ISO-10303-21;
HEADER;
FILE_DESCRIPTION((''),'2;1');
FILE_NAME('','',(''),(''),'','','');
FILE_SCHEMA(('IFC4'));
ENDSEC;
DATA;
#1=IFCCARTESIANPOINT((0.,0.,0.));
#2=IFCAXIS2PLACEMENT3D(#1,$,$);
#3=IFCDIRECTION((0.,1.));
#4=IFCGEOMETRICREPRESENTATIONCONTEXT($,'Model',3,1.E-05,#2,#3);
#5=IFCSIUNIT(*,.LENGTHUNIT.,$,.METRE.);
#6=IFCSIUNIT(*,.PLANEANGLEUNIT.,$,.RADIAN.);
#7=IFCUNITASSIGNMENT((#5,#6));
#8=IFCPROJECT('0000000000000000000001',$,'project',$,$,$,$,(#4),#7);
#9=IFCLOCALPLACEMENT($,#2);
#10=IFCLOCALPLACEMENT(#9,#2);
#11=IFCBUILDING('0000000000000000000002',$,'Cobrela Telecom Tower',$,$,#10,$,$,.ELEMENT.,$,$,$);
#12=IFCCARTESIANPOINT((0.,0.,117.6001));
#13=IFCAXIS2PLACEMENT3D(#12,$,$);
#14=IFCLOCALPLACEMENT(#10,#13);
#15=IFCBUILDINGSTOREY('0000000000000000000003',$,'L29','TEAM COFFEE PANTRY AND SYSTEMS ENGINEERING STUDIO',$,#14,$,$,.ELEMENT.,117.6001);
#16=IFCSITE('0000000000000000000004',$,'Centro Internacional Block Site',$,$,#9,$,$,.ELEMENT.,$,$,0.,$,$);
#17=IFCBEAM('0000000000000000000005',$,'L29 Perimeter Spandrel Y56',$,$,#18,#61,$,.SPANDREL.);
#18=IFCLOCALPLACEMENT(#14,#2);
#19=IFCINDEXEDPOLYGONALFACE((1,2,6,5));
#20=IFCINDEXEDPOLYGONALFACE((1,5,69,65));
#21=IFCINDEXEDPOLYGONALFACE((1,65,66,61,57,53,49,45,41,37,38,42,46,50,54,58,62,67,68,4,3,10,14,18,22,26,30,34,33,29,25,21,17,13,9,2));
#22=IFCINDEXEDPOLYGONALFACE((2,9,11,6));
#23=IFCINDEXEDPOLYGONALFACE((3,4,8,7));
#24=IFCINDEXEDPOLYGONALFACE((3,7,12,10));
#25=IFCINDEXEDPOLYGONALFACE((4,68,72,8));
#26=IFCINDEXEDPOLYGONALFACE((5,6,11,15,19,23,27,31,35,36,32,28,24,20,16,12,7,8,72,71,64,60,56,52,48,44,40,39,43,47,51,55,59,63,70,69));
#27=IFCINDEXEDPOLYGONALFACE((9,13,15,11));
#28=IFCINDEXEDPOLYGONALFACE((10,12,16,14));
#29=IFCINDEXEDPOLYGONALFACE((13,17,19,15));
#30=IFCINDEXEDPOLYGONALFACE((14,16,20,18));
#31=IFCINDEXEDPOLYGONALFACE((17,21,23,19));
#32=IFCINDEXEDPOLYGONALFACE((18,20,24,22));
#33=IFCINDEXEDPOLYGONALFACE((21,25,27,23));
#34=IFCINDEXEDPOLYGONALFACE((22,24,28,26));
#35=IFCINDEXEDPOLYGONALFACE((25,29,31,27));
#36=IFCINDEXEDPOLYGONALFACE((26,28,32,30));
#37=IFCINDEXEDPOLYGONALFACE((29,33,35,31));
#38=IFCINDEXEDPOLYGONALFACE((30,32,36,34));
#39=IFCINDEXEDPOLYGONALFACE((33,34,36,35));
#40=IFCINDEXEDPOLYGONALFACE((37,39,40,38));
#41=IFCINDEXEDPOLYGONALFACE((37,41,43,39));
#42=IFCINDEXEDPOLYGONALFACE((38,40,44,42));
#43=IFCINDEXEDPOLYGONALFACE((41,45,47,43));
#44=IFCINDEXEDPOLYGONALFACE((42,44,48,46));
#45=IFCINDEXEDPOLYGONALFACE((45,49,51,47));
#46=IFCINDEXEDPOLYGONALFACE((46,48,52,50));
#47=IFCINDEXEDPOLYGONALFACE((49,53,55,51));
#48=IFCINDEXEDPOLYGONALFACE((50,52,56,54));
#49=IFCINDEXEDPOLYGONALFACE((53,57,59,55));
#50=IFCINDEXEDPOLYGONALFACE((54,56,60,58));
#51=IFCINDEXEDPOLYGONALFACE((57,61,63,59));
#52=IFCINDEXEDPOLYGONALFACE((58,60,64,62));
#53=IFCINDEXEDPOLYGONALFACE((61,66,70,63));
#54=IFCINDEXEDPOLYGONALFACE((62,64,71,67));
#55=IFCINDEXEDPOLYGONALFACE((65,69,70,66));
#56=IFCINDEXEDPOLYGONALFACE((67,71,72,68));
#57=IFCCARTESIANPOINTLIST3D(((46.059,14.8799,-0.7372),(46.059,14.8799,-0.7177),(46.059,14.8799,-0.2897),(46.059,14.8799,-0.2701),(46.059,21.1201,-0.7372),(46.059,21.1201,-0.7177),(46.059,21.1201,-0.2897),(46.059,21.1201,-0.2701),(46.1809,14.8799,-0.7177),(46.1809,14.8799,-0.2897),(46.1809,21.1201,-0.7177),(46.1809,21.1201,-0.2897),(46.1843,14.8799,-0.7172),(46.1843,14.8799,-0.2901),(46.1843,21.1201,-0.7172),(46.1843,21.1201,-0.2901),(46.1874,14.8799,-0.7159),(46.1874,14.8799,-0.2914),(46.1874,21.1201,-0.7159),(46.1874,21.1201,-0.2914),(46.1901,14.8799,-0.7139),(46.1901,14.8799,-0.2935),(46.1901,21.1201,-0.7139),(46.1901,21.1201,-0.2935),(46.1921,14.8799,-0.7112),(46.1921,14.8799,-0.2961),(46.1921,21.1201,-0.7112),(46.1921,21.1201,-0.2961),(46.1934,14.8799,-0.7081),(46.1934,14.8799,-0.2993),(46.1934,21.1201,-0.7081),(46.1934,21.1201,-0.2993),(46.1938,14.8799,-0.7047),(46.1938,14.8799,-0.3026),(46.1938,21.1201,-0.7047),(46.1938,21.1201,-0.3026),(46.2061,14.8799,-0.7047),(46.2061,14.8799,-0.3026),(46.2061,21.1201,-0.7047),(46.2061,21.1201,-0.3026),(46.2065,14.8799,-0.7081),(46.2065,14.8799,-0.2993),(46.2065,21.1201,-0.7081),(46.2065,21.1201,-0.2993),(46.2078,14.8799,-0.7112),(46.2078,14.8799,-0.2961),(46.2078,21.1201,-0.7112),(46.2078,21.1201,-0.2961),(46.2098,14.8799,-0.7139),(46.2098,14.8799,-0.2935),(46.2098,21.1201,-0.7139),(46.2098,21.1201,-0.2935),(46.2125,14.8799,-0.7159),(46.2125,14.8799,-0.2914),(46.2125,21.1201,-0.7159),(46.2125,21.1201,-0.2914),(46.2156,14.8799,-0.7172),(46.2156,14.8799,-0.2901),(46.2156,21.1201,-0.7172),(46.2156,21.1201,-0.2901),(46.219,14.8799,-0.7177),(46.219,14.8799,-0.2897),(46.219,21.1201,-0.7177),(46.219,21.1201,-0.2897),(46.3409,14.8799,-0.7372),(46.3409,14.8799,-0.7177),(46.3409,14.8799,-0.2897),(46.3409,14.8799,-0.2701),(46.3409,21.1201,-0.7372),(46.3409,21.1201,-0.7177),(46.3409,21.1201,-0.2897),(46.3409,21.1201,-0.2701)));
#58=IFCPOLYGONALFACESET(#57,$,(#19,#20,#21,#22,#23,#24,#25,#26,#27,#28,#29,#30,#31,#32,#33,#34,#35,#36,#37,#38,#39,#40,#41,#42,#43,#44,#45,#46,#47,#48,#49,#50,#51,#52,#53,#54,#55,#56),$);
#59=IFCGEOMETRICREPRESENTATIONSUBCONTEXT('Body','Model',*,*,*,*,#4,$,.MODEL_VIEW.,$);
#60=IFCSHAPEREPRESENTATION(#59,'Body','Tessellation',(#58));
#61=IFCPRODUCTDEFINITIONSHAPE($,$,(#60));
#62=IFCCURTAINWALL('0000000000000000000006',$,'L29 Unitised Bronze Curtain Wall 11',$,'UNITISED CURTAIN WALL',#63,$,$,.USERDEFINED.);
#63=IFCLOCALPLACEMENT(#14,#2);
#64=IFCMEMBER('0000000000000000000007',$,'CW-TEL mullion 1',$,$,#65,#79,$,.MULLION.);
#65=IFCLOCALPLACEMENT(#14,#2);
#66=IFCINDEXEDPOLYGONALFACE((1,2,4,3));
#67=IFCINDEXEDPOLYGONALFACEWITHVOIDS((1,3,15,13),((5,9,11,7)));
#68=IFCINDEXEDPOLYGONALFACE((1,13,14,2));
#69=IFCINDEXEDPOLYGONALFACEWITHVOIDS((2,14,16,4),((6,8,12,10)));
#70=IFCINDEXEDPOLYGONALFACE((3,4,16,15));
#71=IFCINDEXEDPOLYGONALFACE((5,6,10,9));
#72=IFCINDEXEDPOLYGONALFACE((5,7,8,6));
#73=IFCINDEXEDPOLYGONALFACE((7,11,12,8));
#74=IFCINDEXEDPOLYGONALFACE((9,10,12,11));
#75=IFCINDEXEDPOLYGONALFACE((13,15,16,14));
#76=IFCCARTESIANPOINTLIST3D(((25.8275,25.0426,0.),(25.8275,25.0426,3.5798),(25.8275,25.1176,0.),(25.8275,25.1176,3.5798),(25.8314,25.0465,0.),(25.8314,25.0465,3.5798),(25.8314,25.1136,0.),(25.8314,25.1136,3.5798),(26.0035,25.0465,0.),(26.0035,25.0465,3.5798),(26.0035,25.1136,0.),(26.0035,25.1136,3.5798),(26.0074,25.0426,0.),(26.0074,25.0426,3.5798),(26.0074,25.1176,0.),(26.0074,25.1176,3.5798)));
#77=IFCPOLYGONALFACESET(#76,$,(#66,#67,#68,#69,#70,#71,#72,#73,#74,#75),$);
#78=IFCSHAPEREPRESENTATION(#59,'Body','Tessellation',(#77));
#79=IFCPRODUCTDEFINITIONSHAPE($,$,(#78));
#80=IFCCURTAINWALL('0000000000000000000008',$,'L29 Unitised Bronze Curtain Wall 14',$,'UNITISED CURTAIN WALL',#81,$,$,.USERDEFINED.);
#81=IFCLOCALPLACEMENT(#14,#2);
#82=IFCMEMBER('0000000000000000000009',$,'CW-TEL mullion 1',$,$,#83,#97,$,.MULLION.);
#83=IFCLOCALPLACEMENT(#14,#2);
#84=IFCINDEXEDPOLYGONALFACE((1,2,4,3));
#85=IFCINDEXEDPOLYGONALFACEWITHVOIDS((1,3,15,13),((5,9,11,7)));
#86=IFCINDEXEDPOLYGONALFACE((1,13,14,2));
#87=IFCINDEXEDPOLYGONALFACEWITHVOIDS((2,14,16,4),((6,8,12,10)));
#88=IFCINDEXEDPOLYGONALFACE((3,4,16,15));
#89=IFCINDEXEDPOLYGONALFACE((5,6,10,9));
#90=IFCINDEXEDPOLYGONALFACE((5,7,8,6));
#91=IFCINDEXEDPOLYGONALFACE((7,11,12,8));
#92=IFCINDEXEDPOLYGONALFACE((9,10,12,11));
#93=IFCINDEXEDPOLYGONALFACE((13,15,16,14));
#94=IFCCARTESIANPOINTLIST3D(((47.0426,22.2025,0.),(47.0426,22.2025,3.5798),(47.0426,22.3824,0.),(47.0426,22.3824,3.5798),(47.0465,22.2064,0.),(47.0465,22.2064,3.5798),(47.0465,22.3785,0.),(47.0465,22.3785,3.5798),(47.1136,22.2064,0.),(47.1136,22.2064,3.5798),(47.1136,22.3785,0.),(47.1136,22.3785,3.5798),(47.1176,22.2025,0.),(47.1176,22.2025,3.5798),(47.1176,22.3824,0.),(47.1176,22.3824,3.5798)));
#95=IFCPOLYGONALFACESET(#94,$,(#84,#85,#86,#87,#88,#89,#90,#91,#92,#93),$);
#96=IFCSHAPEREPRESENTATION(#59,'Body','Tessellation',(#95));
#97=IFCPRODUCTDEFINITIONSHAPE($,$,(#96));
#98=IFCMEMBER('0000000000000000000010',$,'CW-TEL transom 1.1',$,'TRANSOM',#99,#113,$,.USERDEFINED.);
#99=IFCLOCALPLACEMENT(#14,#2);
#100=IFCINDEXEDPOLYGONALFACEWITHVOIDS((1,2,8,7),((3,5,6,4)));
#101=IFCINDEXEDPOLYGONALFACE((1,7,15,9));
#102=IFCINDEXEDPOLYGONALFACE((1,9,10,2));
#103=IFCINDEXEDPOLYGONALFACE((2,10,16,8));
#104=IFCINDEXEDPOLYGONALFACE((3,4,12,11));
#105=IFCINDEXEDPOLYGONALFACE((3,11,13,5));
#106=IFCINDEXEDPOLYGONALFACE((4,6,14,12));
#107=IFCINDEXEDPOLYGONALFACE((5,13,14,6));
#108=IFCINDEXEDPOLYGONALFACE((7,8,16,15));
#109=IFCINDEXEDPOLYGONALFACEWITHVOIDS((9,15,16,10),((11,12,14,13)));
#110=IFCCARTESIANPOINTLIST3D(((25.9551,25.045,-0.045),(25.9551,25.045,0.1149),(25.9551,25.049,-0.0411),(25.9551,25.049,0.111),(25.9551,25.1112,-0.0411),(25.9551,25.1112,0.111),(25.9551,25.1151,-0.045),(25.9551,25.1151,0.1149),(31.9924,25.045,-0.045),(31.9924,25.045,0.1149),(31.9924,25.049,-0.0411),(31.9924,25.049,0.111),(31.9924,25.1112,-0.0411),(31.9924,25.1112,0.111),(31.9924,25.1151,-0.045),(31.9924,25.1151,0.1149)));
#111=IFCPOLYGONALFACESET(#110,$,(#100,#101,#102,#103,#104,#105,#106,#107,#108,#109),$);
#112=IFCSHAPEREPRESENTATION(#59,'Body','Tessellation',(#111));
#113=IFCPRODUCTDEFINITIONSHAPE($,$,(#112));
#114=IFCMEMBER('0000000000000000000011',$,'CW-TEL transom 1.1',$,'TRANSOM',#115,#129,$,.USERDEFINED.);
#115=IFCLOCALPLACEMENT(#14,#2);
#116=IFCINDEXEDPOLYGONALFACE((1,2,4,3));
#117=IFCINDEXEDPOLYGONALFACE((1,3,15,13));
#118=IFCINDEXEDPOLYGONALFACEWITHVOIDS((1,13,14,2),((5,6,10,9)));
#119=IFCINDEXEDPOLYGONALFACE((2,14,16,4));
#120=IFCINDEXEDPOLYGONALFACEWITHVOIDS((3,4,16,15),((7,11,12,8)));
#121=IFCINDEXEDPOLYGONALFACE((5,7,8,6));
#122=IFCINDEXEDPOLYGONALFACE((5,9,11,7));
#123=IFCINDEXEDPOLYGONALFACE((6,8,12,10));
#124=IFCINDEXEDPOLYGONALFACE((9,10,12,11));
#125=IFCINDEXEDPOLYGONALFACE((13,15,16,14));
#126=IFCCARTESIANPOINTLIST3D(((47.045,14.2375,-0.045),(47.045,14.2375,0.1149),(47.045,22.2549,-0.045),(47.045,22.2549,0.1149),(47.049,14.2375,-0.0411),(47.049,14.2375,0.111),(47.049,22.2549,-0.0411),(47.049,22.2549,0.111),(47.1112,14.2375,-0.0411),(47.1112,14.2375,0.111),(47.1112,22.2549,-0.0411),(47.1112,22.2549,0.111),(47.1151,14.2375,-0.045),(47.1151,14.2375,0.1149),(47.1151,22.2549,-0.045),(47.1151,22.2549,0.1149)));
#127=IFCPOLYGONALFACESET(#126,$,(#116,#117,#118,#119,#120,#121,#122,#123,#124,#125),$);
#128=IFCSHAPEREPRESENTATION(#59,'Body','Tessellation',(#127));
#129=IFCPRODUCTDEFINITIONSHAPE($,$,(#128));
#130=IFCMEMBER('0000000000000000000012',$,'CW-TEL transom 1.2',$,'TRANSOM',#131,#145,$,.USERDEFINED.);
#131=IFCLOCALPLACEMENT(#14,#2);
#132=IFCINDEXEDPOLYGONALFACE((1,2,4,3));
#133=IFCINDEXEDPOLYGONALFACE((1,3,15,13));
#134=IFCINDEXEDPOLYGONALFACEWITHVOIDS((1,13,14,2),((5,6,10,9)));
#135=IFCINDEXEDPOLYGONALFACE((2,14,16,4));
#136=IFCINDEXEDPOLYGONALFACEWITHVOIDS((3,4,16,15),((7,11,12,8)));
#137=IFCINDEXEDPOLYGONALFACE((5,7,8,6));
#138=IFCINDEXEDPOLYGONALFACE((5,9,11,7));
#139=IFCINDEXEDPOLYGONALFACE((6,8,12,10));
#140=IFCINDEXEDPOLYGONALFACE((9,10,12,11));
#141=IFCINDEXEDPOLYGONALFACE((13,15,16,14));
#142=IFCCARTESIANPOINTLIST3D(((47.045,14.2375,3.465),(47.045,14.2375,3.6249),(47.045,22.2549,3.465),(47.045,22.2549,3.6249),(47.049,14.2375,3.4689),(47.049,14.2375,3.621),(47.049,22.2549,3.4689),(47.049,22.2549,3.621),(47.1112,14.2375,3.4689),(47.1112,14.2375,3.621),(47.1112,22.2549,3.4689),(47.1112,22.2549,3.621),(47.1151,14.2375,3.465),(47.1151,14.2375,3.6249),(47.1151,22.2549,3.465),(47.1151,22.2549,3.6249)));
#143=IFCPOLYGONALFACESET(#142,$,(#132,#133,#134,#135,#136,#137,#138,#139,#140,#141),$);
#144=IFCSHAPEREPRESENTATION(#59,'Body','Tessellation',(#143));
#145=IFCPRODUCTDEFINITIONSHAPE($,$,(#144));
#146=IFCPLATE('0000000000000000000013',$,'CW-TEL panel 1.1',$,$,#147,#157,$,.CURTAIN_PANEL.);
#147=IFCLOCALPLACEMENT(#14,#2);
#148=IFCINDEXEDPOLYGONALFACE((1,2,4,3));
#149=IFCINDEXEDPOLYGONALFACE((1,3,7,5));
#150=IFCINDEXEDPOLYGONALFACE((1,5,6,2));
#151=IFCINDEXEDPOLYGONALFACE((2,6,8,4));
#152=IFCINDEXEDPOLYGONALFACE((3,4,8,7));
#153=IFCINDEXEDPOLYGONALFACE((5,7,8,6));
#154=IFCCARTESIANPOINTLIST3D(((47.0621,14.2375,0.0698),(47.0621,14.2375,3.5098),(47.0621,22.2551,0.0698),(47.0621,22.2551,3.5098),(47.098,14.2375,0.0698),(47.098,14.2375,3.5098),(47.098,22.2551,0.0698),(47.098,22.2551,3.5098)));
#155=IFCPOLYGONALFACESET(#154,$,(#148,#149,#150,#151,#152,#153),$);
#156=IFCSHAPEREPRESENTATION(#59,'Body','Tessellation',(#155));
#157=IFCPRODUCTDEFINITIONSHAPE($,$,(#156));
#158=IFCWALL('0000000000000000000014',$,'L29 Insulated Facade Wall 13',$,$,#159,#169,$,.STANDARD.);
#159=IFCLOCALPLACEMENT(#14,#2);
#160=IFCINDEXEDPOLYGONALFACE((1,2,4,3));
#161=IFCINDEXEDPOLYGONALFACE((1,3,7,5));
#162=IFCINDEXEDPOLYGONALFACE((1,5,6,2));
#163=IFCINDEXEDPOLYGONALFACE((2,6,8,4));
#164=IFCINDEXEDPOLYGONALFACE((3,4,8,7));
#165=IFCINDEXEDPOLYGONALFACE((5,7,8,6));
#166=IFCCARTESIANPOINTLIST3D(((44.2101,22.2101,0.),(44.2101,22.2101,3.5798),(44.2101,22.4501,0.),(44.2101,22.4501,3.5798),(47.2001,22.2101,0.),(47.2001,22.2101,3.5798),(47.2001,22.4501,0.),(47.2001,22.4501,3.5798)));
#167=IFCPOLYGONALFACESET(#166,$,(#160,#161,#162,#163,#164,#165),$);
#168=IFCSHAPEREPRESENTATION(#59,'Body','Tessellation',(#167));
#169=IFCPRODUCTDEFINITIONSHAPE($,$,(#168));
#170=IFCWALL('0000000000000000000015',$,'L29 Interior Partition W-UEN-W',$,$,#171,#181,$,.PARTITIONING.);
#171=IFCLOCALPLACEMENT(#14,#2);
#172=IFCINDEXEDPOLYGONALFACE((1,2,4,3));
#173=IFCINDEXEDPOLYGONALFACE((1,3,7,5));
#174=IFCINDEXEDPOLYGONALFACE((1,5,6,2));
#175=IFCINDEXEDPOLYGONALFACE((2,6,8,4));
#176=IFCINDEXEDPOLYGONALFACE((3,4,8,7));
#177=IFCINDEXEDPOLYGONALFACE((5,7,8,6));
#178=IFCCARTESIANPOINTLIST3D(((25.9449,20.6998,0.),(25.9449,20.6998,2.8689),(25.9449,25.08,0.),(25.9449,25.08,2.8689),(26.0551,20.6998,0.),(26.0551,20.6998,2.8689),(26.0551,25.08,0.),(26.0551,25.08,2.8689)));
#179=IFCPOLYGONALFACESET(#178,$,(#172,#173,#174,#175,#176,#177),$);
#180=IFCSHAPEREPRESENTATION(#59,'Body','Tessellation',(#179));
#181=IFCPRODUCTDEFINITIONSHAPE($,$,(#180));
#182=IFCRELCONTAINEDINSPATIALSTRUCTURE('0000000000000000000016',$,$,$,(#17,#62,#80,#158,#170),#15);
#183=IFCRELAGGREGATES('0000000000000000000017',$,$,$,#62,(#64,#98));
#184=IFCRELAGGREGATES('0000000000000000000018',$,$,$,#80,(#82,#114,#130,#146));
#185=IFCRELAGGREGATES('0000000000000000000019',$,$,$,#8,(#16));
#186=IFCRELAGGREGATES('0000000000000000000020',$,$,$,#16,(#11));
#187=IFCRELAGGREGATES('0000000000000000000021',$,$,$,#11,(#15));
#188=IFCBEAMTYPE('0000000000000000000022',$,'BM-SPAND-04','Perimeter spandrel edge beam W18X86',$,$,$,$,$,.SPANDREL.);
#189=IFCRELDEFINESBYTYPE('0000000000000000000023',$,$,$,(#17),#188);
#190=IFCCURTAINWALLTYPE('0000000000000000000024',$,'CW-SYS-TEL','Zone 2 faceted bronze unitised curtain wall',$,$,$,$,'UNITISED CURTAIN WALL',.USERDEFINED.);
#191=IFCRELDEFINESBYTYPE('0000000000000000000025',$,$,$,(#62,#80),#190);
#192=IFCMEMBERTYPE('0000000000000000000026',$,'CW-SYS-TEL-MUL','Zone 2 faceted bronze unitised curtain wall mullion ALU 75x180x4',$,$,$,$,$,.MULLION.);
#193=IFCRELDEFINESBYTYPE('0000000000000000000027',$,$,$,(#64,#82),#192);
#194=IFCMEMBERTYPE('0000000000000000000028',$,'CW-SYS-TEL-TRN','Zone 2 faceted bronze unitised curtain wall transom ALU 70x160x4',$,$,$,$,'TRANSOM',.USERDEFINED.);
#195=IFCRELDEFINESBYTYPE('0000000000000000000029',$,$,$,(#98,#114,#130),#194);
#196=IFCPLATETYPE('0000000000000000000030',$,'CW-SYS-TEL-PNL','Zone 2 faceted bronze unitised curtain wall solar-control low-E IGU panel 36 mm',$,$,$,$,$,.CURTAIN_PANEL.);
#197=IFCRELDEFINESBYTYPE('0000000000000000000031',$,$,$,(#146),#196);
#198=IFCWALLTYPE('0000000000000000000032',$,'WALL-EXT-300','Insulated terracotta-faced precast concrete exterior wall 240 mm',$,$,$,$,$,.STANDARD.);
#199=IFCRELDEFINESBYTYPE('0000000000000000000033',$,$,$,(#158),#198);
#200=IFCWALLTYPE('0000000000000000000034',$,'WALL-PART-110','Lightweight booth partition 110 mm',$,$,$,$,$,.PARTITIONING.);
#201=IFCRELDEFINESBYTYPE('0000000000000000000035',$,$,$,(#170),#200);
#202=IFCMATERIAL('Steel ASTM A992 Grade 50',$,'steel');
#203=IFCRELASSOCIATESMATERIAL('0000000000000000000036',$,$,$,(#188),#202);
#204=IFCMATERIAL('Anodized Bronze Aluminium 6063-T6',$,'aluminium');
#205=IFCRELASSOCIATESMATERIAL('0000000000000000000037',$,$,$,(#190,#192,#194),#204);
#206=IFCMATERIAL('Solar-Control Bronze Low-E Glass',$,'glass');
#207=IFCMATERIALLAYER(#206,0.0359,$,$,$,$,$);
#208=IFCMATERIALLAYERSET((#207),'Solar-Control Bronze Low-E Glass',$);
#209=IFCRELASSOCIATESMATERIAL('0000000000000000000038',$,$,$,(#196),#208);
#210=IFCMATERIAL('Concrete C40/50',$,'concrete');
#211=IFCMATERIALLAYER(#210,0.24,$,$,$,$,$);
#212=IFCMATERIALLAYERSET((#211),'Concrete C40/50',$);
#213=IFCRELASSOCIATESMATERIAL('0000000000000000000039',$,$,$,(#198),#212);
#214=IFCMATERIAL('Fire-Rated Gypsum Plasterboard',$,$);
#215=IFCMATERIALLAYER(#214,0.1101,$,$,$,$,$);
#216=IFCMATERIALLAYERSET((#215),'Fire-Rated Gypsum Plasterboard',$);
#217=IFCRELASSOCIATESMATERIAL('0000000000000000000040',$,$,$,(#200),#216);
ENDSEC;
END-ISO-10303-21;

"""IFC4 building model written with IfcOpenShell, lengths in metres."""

from ifc_helpers import new_model, si_unit, direction, frame, frame_2d, origin, origin_2d, place, context, subcontext, project, spatial, rectangle, hollow_rectangle, i_section, extrude, material, layer, layer_set, material_profile, profile_set, type_object, element, aggregate, save


model = new_model("IFC4")

# Units and contexts
model_context = context("Model", 3, precision=1e-05, world=origin(), true_north=direction((0.0, 1.0)))
body_context = subcontext(model_context, "Body", "Model", "MODEL_VIEW")
ifc_project = project(units=[si_unit("LENGTHUNIT", "METRE"), si_unit("PLANEANGLEUNIT", "RADIAN")], contexts=[model_context])

# Site, building, storey
site_placement = place(None, origin())
site = spatial("IfcSite", under=ifc_project, at=site_placement, Name="Centro Internacional Block Site", CompositionType="ELEMENT", RefElevation=0.0)
building_placement = place(site_placement, origin())
building = spatial("IfcBuilding", under=site, at=building_placement, Name="Cobrela Telecom Tower", CompositionType="ELEMENT")
storey_placement = place(building_placement, frame((0.0, 0.0, 117.6001)))
storey = spatial("IfcBuildingStorey", under=building, at=storey_placement, Name="L29", Description="TEAM COFFEE PANTRY AND SYSTEMS ENGINEERING STUDIO", CompositionType="ELEMENT", Elevation=117.6001)

# Shared definitions
ifc_material_1 = material(Name="Steel ASTM A992 Grade 50", Category="steel")

# Beam
ifc_material_profile_1 = material_profile(ifc_material_1, i_section(OverallWidth=0.282, OverallDepth=0.467, WebThickness=0.0122, FlangeThickness=0.0195, FilletRadius=0.0129, at=origin_2d()), Name="W18X86")
ifc_profile_set_1 = profile_set([ifc_material_profile_1], Name="Steel ASTM A992 Grade 50")
beam_type_1 = type_object("IfcBeamType", Name="BM-SPAND-04", Description="Perimeter spandrel edge beam W18X86", PredefinedType="SPANDREL", material=ifc_profile_set_1)
beam_1_placement = place(storey_placement, frame((46.2, 14.8799, -0.5037), z_axis=(0.0, 1.0, 0.0), x_axis=(-1.0, 0.0, 0.0)))
element("IfcBeam", 1, at=beam_1_placement, inside=storey, type_object=beam_type_1, Name="L29 Perimeter Spandrel Y56", PredefinedType="SPANDREL", context=body_context, shape_type="SweptSolid", body=[
    extrude(i_section(OverallWidth=0.282, OverallDepth=0.467, WebThickness=0.0122, FlangeThickness=0.0195, FilletRadius=0.0129, at=origin_2d()), origin(), (0.0, 0.0, 1.0), 6.2402),
])

# Curtain walls, members
ifc_material_2 = material(Name="Anodized Bronze Aluminium 6063-T6", Category="aluminium")
curtain_wall_type = type_object("IfcCurtainWallType", Name="CW-SYS-TEL", Description="Zone 2 faceted bronze unitised curtain wall", ElementType="UNITISED CURTAIN WALL", PredefinedType="USERDEFINED", material=ifc_material_2)
curtain_wall_1_placement = place(storey_placement, origin())
curtain_wall_1 = element("IfcCurtainWall", 2, at=curtain_wall_1_placement, inside=storey, type_object=curtain_wall_type, Name="L29 Unitised Bronze Curtain Wall 11", ObjectType="UNITISED CURTAIN WALL", PredefinedType="USERDEFINED")
ifc_material_profile_2 = material_profile(ifc_material_2, hollow_rectangle(XDim=0.075, YDim=0.1799, WallThickness=0.0039, at=origin_2d()), Name="ALU 75x180x4")
ifc_profile_set_2 = profile_set([ifc_material_profile_2], Name="Anodized Bronze Aluminium 6063-T6")
member_type_1 = type_object("IfcMemberType", Name="CW-SYS-TEL-MUL", Description="Zone 2 faceted bronze unitised curtain wall mullion ALU 75x180x4", PredefinedType="MULLION", material=ifc_profile_set_2)
member_1_placement = place(storey_placement, frame((25.9175, 25.0801, 0.0), z_axis=(0.0, 0.0, 1.0), x_axis=(0.0, 1.0, 0.0)))
member_1 = element("IfcMember", 3, at=member_1_placement, type_object=member_type_1, Name="CW-TEL mullion 1", PredefinedType="MULLION", context=body_context, shape_type="SweptSolid", body=[
    extrude(hollow_rectangle(XDim=0.075, YDim=0.1799, WallThickness=0.0039, at=origin_2d()), origin(), (0.0, 0.0, 1.0), 3.5798),
])
curtain_wall_2_placement = place(storey_placement, origin())
curtain_wall_2 = element("IfcCurtainWall", 4, at=curtain_wall_2_placement, inside=storey, type_object=curtain_wall_type, Name="L29 Unitised Bronze Curtain Wall 14", ObjectType="UNITISED CURTAIN WALL", PredefinedType="USERDEFINED")
member_2_placement = place(storey_placement, frame((47.0801, 22.2925, 0.0), z_axis=(0.0, 0.0, 1.0), x_axis=(1.0, 0.0, 0.0)))
member_2 = element("IfcMember", 5, at=member_2_placement, type_object=member_type_1, Name="CW-TEL mullion 1", PredefinedType="MULLION", context=body_context, shape_type="SweptSolid", body=[
    extrude(hollow_rectangle(XDim=0.075, YDim=0.1799, WallThickness=0.0039, at=origin_2d()), origin(), (0.0, 0.0, 1.0), 3.5798),
])

# Members
ifc_material_profile_3 = material_profile(ifc_material_2, hollow_rectangle(XDim=0.0701, YDim=0.1599, WallThickness=0.0039, at=origin_2d()), Name="ALU 70x160x4")
ifc_profile_set_3 = profile_set([ifc_material_profile_3], Name="Anodized Bronze Aluminium 6063-T6")
member_type_2 = type_object("IfcMemberType", Name="CW-SYS-TEL-TRN", Description="Zone 2 faceted bronze unitised curtain wall transom ALU 70x160x4", ElementType="TRANSOM", PredefinedType="USERDEFINED", material=ifc_profile_set_3)
member_3_placement = place(storey_placement, frame((25.9551, 25.0801, 0.0349), z_axis=(1.0, 0.0, 0.0), x_axis=(0.0, 1.0, 0.0)))
member_3 = element("IfcMember", 6, at=member_3_placement, type_object=member_type_2, Name="CW-TEL transom 1.1", ObjectType="TRANSOM", PredefinedType="USERDEFINED", context=body_context, shape_type="SweptSolid", body=[
    extrude(hollow_rectangle(XDim=0.0701, YDim=0.1599, WallThickness=0.0039, at=origin_2d()), origin(), (0.0, 0.0, 1.0), 6.0374),
])
aggregate(curtain_wall_1, [member_1, member_3])
member_4_placement = place(storey_placement, frame((47.0801, 22.2549, 0.0349), z_axis=(0.0, -1.0, 0.0), x_axis=(1.0, 0.0, 0.0)))
member_4 = element("IfcMember", 7, at=member_4_placement, type_object=member_type_2, Name="CW-TEL transom 1.1", ObjectType="TRANSOM", PredefinedType="USERDEFINED", context=body_context, shape_type="SweptSolid", body=[
    extrude(hollow_rectangle(XDim=0.0701, YDim=0.1599, WallThickness=0.0039, at=origin_2d()), origin(), (0.0, 0.0, 1.0), 8.0173),
])
member_5_placement = place(storey_placement, frame((47.0801, 22.2549, 3.5449), z_axis=(0.0, -1.0, 0.0), x_axis=(1.0, 0.0, 0.0)))
member_5 = element("IfcMember", 8, at=member_5_placement, type_object=member_type_2, Name="CW-TEL transom 1.2", ObjectType="TRANSOM", PredefinedType="USERDEFINED", context=body_context, shape_type="SweptSolid", body=[
    extrude(hollow_rectangle(XDim=0.0701, YDim=0.1599, WallThickness=0.0039, at=origin_2d()), origin(), (0.0, 0.0, 1.0), 8.0173),
])

# Plate
ifc_material_3 = material(Name="Solar-Control Bronze Low-E Glass", Category="glass")
ifc_layer_1 = layer(ifc_material_3, 0.0359)
ifc_layer_set_1 = layer_set([ifc_layer_1], Name="Solar-Control Bronze Low-E Glass")
plate_type = type_object("IfcPlateType", Name="CW-SYS-TEL-PNL", Description="Zone 2 faceted bronze unitised curtain wall solar-control low-E IGU panel 36 mm", PredefinedType="CURTAIN_PANEL", material=ifc_layer_set_1)
plate_placement = place(storey_placement, frame((47.0801, 18.2463, 0.0698), z_axis=(0.0, 0.0, 1.0), x_axis=(0.0, -1.0, 0.0)))
plate = element("IfcPlate", 9, at=plate_placement, type_object=plate_type, Name="CW-TEL panel 1.1", PredefinedType="CURTAIN_PANEL", context=body_context, shape_type="SweptSolid", body=[
    extrude(rectangle(XDim=8.0176, YDim=0.0359, at=origin_2d()), origin(), (0.0, 0.0, 1.0), 3.4399),
])
aggregate(curtain_wall_2, [member_2, member_4, member_5, plate])

# Walls
ifc_material_4 = material(Name="Concrete C40/50", Category="concrete")
ifc_layer_2 = layer(ifc_material_4, 0.24)
ifc_layer_set_2 = layer_set([ifc_layer_2], Name="Concrete C40/50")
wall_type_1 = type_object("IfcWallType", Name="WALL-EXT-300", Description="Insulated terracotta-faced precast concrete exterior wall 240 mm", PredefinedType="STANDARD", material=ifc_layer_set_2)
wall_1_placement = place(storey_placement, frame((44.21, 22.3301, 0.0), z_axis=(0.0, 0.0, 1.0), x_axis=(1.0, 0.0, 0.0)))
element("IfcWall", 10, at=wall_1_placement, inside=storey, type_object=wall_type_1, Name="L29 Insulated Facade Wall 13", PredefinedType="STANDARD", context=body_context, shape_type="SweptSolid", body=[
    extrude(rectangle(XDim=2.99, YDim=0.24, at=frame_2d((1.4951, 0.0))), origin(), (0.0, 0.0, 1.0), 3.5798),
])
ifc_material_5 = material(Name="Fire-Rated Gypsum Plasterboard")
ifc_layer_3 = layer(ifc_material_5, 0.1101)
ifc_layer_set_3 = layer_set([ifc_layer_3], Name="Fire-Rated Gypsum Plasterboard")
wall_type_2 = type_object("IfcWallType", Name="WALL-PART-110", Description="Lightweight booth partition 110 mm", PredefinedType="PARTITIONING", material=ifc_layer_set_3)
wall_2_placement = place(storey_placement, frame((26.0, 20.7, 0.0), z_axis=(0.0, 0.0, 1.0), x_axis=(0.0, 1.0, 0.0)))
element("IfcWall", 11, at=wall_2_placement, inside=storey, type_object=wall_type_2, Name="L29 Interior Partition W-UEN-W", PredefinedType="PARTITIONING", context=body_context, shape_type="SweptSolid", body=[
    extrude(rectangle(XDim=4.3801, YDim=0.1101, at=frame_2d((2.1899, 0.0))), origin(), (0.0, 0.0, 1.0), 2.8689),
])

save(model, "model.ifc")
